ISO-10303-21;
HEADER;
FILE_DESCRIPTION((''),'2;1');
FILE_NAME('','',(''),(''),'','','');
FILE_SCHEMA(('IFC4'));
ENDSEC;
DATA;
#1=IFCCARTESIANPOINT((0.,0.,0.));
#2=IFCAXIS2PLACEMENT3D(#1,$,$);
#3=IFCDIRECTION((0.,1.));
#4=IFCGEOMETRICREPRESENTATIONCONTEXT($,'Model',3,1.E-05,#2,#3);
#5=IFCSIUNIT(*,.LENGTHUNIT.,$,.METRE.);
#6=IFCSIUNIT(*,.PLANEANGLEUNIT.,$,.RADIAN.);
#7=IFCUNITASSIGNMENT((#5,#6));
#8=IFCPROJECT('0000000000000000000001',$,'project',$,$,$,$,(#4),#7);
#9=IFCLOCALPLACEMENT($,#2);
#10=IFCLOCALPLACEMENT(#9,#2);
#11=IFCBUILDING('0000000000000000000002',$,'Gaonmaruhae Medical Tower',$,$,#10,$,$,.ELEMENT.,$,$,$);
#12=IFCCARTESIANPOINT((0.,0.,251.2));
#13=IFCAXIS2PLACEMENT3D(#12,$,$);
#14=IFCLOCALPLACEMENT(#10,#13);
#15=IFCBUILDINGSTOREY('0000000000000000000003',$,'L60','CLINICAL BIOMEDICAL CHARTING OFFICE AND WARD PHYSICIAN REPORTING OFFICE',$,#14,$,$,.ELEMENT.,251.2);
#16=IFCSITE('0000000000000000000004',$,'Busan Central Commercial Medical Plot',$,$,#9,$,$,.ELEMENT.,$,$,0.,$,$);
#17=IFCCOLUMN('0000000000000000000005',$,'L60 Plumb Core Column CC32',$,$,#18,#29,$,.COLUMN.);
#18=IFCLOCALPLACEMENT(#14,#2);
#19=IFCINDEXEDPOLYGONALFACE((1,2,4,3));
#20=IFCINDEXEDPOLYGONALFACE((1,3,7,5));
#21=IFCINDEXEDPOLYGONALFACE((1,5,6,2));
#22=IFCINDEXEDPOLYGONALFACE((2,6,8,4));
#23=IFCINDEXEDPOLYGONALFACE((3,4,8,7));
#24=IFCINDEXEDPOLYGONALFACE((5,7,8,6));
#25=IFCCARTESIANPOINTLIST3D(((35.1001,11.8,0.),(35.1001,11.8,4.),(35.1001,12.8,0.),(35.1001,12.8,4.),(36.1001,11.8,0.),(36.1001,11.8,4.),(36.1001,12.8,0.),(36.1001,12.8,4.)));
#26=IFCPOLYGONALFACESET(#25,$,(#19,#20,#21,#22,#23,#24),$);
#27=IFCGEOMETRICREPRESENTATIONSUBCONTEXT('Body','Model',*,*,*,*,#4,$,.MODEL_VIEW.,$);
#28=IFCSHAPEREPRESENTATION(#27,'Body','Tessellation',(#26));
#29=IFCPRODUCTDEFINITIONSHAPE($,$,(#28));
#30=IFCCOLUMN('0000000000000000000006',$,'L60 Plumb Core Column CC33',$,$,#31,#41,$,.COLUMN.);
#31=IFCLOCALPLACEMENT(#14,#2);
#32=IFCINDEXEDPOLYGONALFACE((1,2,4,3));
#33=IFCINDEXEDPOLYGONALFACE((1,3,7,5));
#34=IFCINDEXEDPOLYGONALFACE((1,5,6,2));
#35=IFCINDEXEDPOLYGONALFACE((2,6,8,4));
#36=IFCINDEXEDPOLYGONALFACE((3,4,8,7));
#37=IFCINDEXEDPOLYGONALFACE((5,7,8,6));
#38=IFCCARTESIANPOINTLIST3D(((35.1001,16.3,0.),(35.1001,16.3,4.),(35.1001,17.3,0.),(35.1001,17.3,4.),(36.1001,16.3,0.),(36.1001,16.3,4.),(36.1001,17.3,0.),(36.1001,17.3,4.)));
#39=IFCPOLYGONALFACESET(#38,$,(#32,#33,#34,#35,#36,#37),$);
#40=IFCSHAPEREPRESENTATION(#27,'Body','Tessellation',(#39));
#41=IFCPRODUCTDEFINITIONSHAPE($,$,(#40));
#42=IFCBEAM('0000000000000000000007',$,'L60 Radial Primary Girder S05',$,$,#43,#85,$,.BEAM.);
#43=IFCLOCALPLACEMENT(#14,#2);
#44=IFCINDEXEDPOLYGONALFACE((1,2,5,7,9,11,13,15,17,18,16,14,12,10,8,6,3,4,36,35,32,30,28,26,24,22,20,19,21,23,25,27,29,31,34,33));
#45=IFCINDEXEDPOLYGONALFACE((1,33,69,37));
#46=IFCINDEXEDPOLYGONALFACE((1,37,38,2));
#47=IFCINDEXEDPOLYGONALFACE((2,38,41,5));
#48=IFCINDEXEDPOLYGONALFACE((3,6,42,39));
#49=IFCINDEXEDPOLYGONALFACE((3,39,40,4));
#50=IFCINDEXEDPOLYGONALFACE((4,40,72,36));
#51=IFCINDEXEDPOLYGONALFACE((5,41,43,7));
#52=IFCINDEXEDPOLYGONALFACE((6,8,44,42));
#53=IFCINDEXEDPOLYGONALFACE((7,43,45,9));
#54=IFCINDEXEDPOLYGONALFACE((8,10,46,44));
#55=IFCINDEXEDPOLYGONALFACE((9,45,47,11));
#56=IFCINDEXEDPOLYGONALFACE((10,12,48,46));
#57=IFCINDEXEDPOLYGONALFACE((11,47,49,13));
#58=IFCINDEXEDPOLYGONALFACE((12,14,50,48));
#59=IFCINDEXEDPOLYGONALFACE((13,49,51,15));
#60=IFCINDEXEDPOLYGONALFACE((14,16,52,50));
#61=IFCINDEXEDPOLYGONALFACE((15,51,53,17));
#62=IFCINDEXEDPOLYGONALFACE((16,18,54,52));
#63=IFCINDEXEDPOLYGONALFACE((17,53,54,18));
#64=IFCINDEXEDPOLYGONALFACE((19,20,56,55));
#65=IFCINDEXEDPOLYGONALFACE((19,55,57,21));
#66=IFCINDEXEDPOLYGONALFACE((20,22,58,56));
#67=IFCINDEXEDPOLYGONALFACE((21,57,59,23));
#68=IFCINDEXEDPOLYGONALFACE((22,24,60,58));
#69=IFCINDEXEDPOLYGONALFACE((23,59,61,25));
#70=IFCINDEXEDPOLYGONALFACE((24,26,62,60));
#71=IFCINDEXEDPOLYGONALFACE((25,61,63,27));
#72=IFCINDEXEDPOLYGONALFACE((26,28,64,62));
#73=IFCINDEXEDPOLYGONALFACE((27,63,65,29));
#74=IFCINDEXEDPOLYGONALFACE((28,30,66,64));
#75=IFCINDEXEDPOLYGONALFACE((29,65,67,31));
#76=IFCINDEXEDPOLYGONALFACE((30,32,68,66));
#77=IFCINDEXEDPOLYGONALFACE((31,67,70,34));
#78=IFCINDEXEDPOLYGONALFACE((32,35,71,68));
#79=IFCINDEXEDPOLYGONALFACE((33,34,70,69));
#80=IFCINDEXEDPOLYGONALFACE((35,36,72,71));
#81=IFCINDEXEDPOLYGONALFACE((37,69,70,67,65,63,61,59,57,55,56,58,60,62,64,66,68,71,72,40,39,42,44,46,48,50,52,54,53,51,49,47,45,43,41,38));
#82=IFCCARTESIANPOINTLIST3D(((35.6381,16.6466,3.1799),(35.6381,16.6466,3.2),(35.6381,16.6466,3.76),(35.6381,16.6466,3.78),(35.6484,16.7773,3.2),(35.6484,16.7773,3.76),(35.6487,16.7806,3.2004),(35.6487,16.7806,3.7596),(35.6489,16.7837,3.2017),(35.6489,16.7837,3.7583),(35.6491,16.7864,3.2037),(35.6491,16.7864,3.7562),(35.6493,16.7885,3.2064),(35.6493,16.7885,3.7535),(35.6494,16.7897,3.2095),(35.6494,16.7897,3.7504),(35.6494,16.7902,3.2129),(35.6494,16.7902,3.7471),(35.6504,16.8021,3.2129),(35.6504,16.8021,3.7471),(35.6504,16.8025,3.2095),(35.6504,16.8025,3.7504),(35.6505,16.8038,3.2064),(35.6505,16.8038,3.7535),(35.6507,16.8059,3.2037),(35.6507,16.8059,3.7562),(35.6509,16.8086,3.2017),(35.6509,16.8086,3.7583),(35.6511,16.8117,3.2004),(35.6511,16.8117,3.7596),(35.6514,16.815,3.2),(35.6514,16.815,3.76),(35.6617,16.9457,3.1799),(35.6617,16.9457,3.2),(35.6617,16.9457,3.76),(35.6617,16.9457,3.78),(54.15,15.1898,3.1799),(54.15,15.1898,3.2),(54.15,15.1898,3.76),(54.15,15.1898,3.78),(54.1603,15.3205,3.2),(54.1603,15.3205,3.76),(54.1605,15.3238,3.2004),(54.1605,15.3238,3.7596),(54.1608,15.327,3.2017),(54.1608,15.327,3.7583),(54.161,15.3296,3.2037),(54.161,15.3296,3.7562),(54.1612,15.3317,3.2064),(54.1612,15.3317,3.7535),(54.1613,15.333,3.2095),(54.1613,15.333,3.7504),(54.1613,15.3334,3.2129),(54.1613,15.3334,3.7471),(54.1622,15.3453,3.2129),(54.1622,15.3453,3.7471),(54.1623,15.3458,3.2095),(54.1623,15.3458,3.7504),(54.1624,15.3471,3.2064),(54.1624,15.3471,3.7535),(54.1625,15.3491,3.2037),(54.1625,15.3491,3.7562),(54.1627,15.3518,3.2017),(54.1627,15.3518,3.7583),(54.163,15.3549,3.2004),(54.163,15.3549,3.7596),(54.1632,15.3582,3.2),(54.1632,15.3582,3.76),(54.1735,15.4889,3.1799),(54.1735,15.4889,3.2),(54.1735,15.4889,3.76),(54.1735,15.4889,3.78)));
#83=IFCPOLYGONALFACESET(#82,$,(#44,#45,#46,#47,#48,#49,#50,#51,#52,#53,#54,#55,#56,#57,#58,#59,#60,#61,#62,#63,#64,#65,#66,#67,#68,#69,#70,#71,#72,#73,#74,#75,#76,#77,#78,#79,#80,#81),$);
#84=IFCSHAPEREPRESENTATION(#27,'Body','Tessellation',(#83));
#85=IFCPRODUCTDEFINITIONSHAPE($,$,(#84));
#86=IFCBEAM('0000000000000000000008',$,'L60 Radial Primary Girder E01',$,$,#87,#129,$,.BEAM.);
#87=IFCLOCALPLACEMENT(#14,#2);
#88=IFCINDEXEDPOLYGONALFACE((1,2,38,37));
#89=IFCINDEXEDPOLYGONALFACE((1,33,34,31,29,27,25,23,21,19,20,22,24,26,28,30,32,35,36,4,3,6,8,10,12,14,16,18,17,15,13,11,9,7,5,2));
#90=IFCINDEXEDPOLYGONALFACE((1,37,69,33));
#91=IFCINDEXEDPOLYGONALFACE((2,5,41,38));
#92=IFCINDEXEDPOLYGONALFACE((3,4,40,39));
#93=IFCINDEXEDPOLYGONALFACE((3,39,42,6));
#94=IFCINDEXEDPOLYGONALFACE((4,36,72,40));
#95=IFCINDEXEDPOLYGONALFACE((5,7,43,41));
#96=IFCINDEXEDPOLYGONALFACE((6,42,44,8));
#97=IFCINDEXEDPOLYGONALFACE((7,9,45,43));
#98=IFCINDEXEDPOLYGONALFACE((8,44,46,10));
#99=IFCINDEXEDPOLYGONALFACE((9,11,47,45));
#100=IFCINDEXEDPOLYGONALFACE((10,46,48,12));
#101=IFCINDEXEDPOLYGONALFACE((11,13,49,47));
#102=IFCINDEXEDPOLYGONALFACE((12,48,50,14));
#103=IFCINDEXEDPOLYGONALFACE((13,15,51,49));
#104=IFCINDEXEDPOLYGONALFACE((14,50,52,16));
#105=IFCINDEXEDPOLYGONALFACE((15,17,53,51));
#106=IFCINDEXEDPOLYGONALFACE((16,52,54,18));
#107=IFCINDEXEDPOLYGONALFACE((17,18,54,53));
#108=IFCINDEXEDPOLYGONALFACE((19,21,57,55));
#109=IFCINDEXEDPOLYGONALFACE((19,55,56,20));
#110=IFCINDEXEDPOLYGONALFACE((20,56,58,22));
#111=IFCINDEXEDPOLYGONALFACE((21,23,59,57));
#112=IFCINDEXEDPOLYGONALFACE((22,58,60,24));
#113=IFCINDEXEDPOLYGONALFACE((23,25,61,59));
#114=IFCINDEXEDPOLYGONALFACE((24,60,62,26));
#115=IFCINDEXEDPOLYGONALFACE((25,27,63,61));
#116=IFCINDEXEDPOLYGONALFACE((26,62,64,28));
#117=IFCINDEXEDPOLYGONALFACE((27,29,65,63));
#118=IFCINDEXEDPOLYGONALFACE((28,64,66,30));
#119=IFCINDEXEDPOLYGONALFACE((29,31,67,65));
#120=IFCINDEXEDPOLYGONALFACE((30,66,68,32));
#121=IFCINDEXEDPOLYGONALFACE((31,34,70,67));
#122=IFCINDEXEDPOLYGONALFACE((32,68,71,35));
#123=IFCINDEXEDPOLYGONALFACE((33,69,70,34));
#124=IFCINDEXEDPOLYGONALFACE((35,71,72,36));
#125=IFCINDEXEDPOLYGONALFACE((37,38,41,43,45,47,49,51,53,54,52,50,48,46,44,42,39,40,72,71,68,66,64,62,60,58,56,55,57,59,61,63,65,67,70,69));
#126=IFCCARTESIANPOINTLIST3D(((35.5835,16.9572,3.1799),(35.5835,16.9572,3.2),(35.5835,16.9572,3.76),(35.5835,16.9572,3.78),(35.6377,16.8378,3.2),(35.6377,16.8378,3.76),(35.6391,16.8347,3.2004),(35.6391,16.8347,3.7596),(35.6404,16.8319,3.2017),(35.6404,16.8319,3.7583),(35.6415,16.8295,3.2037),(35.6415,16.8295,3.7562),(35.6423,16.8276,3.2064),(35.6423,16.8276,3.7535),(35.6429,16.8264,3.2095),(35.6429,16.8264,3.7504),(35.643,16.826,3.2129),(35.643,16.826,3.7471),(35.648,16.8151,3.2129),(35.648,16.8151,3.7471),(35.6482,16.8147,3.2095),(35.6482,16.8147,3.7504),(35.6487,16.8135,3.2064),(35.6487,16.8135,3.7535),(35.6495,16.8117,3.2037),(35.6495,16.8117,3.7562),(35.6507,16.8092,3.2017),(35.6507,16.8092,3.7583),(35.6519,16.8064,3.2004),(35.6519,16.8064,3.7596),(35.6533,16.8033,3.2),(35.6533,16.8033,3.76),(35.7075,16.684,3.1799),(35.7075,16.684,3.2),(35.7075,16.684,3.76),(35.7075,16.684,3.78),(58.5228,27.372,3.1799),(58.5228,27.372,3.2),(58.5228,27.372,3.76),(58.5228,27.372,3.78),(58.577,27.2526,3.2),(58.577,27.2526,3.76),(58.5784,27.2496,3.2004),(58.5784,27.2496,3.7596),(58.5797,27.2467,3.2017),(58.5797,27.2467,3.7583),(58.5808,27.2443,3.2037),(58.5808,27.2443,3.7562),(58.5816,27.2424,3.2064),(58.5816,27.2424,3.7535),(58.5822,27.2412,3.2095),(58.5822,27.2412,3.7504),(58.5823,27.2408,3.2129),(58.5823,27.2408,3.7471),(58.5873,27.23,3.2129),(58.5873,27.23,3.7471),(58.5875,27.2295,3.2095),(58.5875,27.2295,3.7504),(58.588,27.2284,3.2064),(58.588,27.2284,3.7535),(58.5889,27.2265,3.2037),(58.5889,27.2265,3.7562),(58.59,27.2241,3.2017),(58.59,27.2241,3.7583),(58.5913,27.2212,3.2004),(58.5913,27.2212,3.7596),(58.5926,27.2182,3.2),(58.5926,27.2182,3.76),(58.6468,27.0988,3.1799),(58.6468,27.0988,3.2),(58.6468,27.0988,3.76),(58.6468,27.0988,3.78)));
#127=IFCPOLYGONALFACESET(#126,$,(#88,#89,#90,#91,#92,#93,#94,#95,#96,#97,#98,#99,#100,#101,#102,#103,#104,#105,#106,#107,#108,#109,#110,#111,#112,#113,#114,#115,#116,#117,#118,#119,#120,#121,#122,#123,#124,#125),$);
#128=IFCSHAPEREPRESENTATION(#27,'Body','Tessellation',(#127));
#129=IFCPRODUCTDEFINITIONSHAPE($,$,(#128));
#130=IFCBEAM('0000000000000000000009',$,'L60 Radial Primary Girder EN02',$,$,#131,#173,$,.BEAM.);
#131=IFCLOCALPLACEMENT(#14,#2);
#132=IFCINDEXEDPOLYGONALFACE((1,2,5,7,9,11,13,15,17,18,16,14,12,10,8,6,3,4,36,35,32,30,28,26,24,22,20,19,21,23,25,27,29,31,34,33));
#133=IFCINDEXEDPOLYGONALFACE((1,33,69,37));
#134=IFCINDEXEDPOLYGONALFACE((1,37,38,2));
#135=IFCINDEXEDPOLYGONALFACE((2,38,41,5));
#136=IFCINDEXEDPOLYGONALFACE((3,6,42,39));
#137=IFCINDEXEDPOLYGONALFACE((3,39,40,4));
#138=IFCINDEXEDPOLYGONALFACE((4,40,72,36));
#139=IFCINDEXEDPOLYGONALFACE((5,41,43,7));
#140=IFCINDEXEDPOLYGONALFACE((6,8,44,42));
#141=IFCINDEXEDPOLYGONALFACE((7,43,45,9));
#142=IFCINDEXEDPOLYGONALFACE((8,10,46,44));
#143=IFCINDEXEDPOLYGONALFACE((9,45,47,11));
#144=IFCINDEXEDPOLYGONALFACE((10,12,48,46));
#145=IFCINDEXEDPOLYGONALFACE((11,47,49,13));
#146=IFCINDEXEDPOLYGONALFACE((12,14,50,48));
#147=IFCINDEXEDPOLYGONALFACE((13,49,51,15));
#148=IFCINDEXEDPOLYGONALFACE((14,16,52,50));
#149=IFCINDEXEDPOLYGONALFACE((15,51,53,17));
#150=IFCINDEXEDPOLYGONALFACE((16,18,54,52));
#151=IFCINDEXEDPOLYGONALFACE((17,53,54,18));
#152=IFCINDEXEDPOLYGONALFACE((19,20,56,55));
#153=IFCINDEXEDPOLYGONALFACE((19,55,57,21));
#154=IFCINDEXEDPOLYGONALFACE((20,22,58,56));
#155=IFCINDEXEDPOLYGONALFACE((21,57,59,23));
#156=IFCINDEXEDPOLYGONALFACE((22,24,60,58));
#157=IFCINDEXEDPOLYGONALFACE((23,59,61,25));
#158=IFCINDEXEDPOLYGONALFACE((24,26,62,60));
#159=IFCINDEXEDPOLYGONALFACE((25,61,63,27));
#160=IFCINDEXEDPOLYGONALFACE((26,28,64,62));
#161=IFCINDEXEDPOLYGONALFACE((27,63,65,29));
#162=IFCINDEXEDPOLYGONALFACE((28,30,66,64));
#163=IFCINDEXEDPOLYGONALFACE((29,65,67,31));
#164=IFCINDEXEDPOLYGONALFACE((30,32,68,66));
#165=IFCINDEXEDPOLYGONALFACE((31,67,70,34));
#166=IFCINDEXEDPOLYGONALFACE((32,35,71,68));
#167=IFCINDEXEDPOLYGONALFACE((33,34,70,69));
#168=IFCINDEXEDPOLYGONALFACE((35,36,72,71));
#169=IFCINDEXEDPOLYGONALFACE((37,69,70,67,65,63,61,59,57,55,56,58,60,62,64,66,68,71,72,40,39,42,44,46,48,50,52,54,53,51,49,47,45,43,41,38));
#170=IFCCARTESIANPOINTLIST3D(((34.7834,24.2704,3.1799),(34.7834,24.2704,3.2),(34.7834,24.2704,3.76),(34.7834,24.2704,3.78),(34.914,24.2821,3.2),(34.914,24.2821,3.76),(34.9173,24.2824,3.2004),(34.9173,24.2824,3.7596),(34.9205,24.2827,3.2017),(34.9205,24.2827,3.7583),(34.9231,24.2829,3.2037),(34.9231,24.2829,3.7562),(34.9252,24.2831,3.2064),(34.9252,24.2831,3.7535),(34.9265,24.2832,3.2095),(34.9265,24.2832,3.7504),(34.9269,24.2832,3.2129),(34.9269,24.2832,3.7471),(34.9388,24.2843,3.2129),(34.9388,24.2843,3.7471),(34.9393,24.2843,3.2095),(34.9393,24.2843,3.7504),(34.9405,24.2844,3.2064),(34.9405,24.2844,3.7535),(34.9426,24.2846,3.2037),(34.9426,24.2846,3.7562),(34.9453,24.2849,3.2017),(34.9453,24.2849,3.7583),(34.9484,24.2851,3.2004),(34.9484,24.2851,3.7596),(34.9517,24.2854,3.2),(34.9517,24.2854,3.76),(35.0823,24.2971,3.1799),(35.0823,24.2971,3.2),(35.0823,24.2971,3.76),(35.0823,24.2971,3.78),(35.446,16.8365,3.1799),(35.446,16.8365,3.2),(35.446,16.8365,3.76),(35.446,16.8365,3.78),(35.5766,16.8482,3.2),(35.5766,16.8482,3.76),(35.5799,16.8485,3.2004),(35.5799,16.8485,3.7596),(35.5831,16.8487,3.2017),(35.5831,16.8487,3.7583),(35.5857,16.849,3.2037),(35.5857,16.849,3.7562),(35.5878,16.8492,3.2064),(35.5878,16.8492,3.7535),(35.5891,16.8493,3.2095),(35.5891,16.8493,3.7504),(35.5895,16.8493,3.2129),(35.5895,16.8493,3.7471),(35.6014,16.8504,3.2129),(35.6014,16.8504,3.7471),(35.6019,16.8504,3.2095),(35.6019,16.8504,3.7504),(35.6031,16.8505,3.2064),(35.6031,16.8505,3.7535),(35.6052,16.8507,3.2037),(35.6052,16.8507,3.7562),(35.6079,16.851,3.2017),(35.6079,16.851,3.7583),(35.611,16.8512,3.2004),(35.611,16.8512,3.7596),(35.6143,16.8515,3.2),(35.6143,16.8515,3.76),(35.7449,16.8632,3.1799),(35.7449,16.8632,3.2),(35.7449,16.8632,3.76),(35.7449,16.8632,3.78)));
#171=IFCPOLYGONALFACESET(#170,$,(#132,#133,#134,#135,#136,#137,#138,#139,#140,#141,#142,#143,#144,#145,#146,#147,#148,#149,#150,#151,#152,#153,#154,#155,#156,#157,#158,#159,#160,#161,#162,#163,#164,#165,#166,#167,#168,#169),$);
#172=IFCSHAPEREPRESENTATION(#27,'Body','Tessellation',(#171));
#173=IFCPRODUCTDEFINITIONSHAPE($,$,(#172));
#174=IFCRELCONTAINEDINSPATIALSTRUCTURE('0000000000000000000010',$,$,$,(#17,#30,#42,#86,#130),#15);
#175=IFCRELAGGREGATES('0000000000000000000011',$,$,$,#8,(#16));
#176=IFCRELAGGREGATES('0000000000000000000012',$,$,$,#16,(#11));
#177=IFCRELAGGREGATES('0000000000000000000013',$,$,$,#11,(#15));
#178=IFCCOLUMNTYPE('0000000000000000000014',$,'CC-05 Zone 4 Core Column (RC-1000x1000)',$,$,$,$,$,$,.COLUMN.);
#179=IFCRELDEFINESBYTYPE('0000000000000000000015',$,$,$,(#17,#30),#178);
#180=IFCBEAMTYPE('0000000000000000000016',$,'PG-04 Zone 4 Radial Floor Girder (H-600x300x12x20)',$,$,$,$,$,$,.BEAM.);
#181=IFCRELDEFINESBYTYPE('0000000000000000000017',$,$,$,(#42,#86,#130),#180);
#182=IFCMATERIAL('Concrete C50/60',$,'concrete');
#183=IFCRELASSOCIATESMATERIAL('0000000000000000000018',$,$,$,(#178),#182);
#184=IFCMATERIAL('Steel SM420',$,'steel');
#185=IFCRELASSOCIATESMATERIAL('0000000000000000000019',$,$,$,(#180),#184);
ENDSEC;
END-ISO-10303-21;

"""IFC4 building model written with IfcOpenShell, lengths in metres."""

from ifc_helpers import new_model, si_unit, direction, frame, origin, origin_2d, place, context, subcontext, project, spatial, rectangle, i_section, extrude, material, material_profile, profile_set, type_object, element, save


model = new_model("IFC4")

# Units and contexts
model_context = context("Model", 3, precision=1e-05, world=origin(), true_north=direction((0.0, 1.0)))
body_context = subcontext(model_context, "Body", "Model", "MODEL_VIEW")
ifc_project = project(units=[si_unit("LENGTHUNIT", "METRE"), si_unit("PLANEANGLEUNIT", "RADIAN")], contexts=[model_context])

# Site, building, storey
site_placement = place(None, origin())
site = spatial("IfcSite", under=ifc_project, at=site_placement, Name="Busan Central Commercial Medical Plot", CompositionType="ELEMENT", RefElevation=0.0)
building_placement = place(site_placement, origin())
building = spatial("IfcBuilding", under=site, at=building_placement, Name="Gaonmaruhae Medical Tower", CompositionType="ELEMENT")
storey_placement = place(building_placement, frame((0.0, 0.0, 251.2)))
storey = spatial("IfcBuildingStorey", under=building, at=storey_placement, Name="L60", Description="CLINICAL BIOMEDICAL CHARTING OFFICE AND WARD PHYSICIAN REPORTING OFFICE", CompositionType="ELEMENT", Elevation=251.2)

# Columns
ifc_material_1 = material(Name="Concrete C50/60", Category="concrete")
ifc_material_profile_1 = material_profile(ifc_material_1, rectangle(XDim=1.0, YDim=1.0, at=origin_2d()), Name="RC-1000x1000")
ifc_profile_set_1 = profile_set([ifc_material_profile_1], Name="Concrete C50/60")
column_type = type_object("IfcColumnType", Name="CC-05 Zone 4 Core Column (RC-1000x1000)", PredefinedType="COLUMN", material=ifc_profile_set_1)
for number, where, z_axis, x_axis, name in (
    (1, (35.6001, 12.3, 0.0), (0.0, 0.0, 1.0), (1.0, 0.0, 0.0), "L60 Plumb Core Column CC32"),
    (2, (35.6001, 16.8, 0.0), (0.0, 0.0, 1.0), (1.0, 0.0, 0.0), "L60 Plumb Core Column CC33"),
):
    element("IfcColumn", number, at=place(storey_placement, frame(where, z_axis=z_axis, x_axis=x_axis)), inside=storey, type_object=column_type, Name=name, PredefinedType="COLUMN", context=body_context, shape_type="SweptSolid", body=[
        extrude(rectangle(XDim=1.0, YDim=1.0, at=origin_2d()), origin(), (0.0, 0.0, 1.0), 4.0),
    ])

# Beams
ifc_material_2 = material(Name="Steel SM420", Category="steel")
ifc_material_profile_2 = material_profile(ifc_material_2, i_section(OverallWidth=0.3, OverallDepth=0.6001, WebThickness=0.012, FlangeThickness=0.02, FilletRadius=0.0129, at=origin_2d()), Name="H-600x300x12x20")
ifc_profile_set_2 = profile_set([ifc_material_profile_2], Name="Steel SM420")
beam_type = type_object("IfcBeamType", Name="PG-04 Zone 4 Radial Floor Girder (H-600x300x12x20)", PredefinedType="BEAM", material=ifc_profile_set_2)
beam_1_placement = place(storey_placement, frame((35.6499, 16.7961, 3.48), z_axis=(0.996918, -0.078452, 0.0), x_axis=(0.078452, 0.996918, 0.0)))
element("IfcBeam", 3, at=beam_1_placement, inside=storey, type_object=beam_type, Name="L60 Radial Primary Girder S05", PredefinedType="BEAM", context=body_context, shape_type="SweptSolid", body=[
    extrude(i_section(OverallWidth=0.3, OverallDepth=0.6001, WebThickness=0.012, FlangeThickness=0.02, FilletRadius=0.0129, at=origin_2d()), origin(), (0.0, 0.0, 1.0), 18.5691),
])
beam_2_placement = place(storey_placement, frame((35.6455, 16.8206, 3.48), z_axis=(0.910548, 0.413404, 0.0), x_axis=(-0.413404, 0.910548, 0.0)))
element("IfcBeam", 4, at=beam_2_placement, inside=storey, type_object=beam_type, Name="L60 Radial Primary Girder E01", PredefinedType="BEAM", context=body_context, shape_type="SweptSolid", body=[
    extrude(i_section(OverallWidth=0.3, OverallDepth=0.6001, WebThickness=0.012, FlangeThickness=0.02, FilletRadius=0.0129, at=origin_2d()), origin(), (0.0, 0.0, 1.0), 25.1929),
])
beam_3_placement = place(storey_placement, frame((35.5955, 16.8499, 3.48), z_axis=(-0.088781, 0.996051, 0.0), x_axis=(-0.996051, -0.088781, 0.0)))
element("IfcBeam", 5, at=beam_3_placement, inside=storey, type_object=beam_type, Name="L60 Radial Primary Girder EN02", PredefinedType="BEAM", context=body_context, shape_type="SweptSolid", body=[
    extrude(i_section(OverallWidth=0.3, OverallDepth=0.6001, WebThickness=0.012, FlangeThickness=0.02, FilletRadius=0.0129, at=origin_2d()), origin(), (0.0, 0.0, 1.0), 7.4634),
])

save(model, "model.ifc")
